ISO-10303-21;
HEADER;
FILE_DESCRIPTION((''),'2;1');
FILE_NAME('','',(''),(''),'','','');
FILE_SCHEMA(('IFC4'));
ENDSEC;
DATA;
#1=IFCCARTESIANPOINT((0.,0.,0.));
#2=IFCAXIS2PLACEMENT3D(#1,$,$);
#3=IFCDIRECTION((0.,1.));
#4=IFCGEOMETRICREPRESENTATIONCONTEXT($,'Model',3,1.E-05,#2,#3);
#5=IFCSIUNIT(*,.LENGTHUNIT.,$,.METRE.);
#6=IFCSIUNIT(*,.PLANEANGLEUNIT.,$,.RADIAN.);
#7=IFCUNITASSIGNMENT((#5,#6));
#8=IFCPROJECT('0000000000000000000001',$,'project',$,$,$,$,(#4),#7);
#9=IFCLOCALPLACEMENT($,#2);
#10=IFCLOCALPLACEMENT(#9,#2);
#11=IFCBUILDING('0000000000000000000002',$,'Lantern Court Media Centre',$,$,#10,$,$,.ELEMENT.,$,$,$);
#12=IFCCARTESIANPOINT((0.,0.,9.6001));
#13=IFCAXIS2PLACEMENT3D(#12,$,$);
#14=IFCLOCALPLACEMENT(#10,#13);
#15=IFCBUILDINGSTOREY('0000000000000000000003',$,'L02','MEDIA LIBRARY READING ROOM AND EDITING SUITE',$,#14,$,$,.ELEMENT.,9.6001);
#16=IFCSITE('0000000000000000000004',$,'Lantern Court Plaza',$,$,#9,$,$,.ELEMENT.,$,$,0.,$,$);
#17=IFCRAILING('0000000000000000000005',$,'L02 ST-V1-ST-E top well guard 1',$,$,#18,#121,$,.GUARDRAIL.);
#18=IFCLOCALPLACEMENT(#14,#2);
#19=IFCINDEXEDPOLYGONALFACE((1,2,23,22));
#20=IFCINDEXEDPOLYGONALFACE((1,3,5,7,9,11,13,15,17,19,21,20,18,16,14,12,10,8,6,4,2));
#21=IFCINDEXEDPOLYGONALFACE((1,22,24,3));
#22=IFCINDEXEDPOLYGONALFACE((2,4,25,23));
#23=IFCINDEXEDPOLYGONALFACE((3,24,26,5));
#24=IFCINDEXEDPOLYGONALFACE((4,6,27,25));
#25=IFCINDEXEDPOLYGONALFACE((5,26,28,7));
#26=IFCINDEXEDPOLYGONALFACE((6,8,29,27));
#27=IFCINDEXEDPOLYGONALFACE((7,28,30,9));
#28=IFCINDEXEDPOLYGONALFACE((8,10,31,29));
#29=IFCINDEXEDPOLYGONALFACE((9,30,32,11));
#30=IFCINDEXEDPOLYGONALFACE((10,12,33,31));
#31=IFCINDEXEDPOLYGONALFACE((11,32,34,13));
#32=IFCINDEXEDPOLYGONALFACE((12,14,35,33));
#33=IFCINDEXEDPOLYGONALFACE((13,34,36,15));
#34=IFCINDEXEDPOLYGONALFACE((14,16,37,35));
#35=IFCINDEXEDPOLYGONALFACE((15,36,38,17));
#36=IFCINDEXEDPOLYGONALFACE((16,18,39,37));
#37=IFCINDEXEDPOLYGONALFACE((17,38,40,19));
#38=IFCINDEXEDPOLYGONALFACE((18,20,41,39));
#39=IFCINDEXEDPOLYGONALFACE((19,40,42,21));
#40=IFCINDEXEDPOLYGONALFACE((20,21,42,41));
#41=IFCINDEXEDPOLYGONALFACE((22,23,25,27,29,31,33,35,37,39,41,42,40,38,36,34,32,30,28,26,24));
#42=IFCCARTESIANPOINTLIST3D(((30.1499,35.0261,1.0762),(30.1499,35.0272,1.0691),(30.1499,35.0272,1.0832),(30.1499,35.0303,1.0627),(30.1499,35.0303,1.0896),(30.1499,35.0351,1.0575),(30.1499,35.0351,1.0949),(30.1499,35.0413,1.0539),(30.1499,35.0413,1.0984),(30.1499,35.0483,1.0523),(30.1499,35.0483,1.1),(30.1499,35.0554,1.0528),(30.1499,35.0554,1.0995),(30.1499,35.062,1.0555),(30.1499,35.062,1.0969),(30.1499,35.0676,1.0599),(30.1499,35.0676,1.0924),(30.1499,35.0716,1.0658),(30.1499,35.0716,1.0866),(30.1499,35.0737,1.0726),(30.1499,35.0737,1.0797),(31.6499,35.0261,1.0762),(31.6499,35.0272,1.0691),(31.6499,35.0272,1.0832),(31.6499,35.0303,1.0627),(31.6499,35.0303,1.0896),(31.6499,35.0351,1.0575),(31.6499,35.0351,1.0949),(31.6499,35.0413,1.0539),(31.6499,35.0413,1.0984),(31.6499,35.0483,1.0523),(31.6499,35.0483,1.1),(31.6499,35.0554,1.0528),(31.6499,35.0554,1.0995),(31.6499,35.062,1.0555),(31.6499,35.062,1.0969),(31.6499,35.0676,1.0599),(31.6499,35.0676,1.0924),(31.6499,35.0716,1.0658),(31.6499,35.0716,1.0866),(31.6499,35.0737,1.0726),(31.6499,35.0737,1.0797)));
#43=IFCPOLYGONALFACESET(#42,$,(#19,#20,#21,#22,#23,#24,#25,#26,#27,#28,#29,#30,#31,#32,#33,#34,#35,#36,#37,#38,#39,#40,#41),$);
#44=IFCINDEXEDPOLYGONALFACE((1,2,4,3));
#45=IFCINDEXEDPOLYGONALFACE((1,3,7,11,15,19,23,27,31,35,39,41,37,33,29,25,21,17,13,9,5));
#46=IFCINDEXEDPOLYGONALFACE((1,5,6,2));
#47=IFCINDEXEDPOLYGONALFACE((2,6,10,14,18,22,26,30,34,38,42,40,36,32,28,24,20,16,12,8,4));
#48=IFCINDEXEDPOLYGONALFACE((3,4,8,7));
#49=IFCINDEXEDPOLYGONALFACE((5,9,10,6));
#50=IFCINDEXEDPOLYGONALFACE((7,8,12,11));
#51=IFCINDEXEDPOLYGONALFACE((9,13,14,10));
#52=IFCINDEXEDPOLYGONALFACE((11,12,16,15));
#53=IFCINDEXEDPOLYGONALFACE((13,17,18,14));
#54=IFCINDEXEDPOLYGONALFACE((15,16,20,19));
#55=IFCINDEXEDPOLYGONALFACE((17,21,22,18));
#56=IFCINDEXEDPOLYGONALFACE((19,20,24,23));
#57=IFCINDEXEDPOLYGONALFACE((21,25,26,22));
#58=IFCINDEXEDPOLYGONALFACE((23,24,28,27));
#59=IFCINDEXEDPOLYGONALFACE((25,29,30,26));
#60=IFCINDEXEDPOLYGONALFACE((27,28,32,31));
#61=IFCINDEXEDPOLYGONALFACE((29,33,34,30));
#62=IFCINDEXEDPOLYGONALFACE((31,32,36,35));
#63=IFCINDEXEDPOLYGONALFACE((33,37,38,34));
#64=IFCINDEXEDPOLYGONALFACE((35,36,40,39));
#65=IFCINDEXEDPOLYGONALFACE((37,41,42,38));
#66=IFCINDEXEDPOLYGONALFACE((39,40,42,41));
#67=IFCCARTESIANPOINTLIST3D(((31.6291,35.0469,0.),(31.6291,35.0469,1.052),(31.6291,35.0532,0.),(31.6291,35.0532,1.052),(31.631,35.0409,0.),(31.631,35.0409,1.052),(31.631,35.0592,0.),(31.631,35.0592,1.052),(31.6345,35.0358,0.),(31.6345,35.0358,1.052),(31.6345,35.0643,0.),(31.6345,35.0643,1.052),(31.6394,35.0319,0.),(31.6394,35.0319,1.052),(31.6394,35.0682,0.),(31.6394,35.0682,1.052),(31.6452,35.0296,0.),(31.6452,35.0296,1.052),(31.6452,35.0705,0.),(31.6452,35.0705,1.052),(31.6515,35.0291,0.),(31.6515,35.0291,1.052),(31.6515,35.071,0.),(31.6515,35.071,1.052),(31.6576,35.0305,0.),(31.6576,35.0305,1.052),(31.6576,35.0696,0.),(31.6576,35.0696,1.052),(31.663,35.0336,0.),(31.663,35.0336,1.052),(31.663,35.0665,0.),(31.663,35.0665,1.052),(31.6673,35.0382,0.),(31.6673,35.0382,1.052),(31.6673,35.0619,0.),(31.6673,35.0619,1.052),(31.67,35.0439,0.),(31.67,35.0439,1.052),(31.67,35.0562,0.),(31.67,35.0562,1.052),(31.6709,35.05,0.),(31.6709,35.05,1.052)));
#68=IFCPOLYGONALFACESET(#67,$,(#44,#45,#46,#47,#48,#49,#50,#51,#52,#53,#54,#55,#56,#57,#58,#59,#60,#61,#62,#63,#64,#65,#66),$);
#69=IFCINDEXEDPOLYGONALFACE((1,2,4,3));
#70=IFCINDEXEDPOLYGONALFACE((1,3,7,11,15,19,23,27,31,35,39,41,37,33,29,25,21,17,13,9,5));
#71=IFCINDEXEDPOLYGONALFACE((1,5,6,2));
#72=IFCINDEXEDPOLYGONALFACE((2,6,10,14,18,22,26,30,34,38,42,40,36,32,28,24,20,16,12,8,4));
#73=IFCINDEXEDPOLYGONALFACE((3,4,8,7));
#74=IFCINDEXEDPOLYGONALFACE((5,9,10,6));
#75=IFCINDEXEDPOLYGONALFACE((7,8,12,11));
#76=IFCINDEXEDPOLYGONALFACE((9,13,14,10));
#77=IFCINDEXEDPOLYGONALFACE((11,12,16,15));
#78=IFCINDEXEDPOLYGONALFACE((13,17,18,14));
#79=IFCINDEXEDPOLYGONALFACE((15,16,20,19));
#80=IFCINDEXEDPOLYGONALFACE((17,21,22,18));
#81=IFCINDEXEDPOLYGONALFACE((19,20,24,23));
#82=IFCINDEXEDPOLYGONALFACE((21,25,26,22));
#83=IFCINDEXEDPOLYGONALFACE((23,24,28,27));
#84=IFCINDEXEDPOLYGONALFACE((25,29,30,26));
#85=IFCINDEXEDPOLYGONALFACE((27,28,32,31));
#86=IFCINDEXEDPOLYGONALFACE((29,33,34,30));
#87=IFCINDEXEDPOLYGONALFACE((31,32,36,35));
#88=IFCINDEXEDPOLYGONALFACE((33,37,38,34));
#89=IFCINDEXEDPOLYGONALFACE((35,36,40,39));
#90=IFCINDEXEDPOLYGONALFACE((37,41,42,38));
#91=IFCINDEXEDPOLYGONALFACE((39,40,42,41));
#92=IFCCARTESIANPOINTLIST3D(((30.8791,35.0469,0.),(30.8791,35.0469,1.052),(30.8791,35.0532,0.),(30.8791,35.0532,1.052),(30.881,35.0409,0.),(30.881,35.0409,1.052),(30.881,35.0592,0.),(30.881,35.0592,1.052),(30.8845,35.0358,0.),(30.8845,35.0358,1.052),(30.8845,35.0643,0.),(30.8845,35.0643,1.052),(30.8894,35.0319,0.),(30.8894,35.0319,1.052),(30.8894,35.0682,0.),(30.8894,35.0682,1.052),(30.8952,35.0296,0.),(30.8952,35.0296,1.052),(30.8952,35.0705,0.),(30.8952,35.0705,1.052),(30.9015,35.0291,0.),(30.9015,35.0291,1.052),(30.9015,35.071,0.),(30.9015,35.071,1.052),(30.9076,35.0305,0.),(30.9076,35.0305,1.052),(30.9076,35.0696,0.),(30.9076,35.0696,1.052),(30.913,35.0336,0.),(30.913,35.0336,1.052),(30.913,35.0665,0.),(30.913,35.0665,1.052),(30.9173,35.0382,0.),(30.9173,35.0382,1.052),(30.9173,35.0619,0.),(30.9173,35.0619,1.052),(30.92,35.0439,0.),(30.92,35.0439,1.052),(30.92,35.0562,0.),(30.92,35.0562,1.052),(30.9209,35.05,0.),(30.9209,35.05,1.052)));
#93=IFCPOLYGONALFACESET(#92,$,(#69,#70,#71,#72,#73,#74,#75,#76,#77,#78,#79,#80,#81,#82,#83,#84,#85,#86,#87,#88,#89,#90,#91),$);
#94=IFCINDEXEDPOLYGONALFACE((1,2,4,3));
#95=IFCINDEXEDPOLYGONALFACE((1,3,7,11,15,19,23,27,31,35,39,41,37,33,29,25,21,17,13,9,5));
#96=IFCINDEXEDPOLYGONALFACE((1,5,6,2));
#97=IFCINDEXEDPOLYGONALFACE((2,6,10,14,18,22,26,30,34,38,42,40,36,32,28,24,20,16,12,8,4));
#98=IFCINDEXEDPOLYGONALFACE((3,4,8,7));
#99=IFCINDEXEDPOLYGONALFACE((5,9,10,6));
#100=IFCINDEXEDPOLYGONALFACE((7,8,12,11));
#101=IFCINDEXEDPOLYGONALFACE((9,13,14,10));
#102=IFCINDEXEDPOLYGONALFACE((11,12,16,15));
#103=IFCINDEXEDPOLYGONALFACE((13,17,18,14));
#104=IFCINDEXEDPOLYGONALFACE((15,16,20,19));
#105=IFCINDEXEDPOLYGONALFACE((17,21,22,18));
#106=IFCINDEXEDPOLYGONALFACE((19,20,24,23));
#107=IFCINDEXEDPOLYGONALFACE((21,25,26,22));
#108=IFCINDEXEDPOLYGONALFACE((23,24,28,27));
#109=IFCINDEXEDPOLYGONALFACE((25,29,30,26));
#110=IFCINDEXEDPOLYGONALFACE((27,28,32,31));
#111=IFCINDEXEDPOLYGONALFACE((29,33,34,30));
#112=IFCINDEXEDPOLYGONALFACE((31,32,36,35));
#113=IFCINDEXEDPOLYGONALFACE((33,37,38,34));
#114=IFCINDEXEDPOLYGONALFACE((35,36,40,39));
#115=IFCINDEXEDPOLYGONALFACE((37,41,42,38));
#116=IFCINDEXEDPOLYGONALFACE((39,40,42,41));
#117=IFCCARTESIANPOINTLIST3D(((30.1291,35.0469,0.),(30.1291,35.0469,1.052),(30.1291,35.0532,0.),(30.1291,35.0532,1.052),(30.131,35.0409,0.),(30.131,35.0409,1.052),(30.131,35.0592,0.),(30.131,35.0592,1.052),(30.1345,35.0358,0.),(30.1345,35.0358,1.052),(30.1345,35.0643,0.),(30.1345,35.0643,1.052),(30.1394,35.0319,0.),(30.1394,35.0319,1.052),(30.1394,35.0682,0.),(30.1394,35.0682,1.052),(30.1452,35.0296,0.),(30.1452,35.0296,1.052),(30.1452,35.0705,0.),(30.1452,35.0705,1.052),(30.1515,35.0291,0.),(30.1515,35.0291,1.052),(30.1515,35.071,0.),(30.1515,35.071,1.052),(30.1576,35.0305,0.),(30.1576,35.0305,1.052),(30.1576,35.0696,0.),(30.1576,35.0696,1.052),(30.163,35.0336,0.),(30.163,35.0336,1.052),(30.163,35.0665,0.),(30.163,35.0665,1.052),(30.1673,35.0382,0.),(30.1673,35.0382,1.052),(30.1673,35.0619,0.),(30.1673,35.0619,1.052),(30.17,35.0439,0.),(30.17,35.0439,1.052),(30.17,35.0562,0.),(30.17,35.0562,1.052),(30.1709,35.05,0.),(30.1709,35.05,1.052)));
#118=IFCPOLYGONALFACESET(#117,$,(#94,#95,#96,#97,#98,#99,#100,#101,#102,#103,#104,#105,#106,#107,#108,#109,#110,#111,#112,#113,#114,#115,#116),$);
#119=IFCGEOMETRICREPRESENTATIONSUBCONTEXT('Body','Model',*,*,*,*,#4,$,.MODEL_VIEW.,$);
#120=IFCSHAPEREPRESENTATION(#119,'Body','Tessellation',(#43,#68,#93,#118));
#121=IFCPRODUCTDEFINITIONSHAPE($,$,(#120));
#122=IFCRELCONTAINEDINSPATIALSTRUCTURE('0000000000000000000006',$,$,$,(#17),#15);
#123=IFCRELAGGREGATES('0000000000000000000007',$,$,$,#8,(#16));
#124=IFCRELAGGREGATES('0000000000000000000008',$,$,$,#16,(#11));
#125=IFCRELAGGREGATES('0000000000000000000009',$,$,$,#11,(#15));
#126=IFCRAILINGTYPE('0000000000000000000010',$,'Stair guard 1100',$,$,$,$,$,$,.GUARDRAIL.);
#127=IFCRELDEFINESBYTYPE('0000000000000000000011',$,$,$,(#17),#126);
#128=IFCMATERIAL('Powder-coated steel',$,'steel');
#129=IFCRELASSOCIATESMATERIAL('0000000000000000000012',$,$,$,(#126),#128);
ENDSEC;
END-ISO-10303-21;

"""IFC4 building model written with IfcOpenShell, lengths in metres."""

from ifc_helpers import new_model, si_unit, direction, frame, origin, origin_2d, place, context, subcontext, project, spatial, circle, extrude, material, type_object, element, save


model = new_model("IFC4")

# Units and contexts
model_context = context("Model", 3, precision=1e-05, world=origin(), true_north=direction((0.0, 1.0)))
body_context = subcontext(model_context, "Body", "Model", "MODEL_VIEW")
ifc_project = project(units=[si_unit("LENGTHUNIT", "METRE"), si_unit("PLANEANGLEUNIT", "RADIAN")], contexts=[model_context])

# Site, building, storey
site_placement = place(None, origin())
site = spatial("IfcSite", under=ifc_project, at=site_placement, Name="Lantern Court Plaza", CompositionType="ELEMENT", RefElevation=0.0)
building_placement = place(site_placement, origin())
building = spatial("IfcBuilding", under=site, at=building_placement, Name="Lantern Court Media Centre", CompositionType="ELEMENT")
storey_placement = place(building_placement, frame((0.0, 0.0, 9.6001)))
storey = spatial("IfcBuildingStorey", under=building, at=storey_placement, Name="L02", Description="MEDIA LIBRARY READING ROOM AND EDITING SUITE", CompositionType="ELEMENT", Elevation=9.6001)

# Railing
ifc_material_1 = material(Name="Powder-coated steel", Category="steel")
railing_type_1 = type_object("IfcRailingType", Name="Stair guard 1100", PredefinedType="GUARDRAIL", material=ifc_material_1)
railing_1_placement = place(storey_placement, frame((31.6499, 35.05, 0.0)))
element("IfcRailing", 1, at=railing_1_placement, inside=storey, type_object=railing_type_1, Name="L02 ST-V1-ST-E top well guard 1", PredefinedType="GUARDRAIL", context=body_context, shape_type="SweptSolid", body=[
    extrude(circle(Radius=0.0239, at=origin_2d()), frame((0.0, 0.0, 1.0762), z_axis=(-1.0, 0.0, 0.0), x_axis=(0.0, -1.0, 0.0)), (0.0, 0.0, 1.0), 1.5),
    extrude(circle(Radius=0.021, at=origin_2d()), origin(), (0.0, 0.0, 1.0), 1.052),
    extrude(circle(Radius=0.021, at=origin_2d()), frame((-0.75, 0.0, 0.0)), (0.0, 0.0, 1.0), 1.052),
    extrude(circle(Radius=0.021, at=origin_2d()), frame((-1.5, 0.0, 0.0)), (0.0, 0.0, 1.0), 1.052),
])

save(model, "model.ifc")
